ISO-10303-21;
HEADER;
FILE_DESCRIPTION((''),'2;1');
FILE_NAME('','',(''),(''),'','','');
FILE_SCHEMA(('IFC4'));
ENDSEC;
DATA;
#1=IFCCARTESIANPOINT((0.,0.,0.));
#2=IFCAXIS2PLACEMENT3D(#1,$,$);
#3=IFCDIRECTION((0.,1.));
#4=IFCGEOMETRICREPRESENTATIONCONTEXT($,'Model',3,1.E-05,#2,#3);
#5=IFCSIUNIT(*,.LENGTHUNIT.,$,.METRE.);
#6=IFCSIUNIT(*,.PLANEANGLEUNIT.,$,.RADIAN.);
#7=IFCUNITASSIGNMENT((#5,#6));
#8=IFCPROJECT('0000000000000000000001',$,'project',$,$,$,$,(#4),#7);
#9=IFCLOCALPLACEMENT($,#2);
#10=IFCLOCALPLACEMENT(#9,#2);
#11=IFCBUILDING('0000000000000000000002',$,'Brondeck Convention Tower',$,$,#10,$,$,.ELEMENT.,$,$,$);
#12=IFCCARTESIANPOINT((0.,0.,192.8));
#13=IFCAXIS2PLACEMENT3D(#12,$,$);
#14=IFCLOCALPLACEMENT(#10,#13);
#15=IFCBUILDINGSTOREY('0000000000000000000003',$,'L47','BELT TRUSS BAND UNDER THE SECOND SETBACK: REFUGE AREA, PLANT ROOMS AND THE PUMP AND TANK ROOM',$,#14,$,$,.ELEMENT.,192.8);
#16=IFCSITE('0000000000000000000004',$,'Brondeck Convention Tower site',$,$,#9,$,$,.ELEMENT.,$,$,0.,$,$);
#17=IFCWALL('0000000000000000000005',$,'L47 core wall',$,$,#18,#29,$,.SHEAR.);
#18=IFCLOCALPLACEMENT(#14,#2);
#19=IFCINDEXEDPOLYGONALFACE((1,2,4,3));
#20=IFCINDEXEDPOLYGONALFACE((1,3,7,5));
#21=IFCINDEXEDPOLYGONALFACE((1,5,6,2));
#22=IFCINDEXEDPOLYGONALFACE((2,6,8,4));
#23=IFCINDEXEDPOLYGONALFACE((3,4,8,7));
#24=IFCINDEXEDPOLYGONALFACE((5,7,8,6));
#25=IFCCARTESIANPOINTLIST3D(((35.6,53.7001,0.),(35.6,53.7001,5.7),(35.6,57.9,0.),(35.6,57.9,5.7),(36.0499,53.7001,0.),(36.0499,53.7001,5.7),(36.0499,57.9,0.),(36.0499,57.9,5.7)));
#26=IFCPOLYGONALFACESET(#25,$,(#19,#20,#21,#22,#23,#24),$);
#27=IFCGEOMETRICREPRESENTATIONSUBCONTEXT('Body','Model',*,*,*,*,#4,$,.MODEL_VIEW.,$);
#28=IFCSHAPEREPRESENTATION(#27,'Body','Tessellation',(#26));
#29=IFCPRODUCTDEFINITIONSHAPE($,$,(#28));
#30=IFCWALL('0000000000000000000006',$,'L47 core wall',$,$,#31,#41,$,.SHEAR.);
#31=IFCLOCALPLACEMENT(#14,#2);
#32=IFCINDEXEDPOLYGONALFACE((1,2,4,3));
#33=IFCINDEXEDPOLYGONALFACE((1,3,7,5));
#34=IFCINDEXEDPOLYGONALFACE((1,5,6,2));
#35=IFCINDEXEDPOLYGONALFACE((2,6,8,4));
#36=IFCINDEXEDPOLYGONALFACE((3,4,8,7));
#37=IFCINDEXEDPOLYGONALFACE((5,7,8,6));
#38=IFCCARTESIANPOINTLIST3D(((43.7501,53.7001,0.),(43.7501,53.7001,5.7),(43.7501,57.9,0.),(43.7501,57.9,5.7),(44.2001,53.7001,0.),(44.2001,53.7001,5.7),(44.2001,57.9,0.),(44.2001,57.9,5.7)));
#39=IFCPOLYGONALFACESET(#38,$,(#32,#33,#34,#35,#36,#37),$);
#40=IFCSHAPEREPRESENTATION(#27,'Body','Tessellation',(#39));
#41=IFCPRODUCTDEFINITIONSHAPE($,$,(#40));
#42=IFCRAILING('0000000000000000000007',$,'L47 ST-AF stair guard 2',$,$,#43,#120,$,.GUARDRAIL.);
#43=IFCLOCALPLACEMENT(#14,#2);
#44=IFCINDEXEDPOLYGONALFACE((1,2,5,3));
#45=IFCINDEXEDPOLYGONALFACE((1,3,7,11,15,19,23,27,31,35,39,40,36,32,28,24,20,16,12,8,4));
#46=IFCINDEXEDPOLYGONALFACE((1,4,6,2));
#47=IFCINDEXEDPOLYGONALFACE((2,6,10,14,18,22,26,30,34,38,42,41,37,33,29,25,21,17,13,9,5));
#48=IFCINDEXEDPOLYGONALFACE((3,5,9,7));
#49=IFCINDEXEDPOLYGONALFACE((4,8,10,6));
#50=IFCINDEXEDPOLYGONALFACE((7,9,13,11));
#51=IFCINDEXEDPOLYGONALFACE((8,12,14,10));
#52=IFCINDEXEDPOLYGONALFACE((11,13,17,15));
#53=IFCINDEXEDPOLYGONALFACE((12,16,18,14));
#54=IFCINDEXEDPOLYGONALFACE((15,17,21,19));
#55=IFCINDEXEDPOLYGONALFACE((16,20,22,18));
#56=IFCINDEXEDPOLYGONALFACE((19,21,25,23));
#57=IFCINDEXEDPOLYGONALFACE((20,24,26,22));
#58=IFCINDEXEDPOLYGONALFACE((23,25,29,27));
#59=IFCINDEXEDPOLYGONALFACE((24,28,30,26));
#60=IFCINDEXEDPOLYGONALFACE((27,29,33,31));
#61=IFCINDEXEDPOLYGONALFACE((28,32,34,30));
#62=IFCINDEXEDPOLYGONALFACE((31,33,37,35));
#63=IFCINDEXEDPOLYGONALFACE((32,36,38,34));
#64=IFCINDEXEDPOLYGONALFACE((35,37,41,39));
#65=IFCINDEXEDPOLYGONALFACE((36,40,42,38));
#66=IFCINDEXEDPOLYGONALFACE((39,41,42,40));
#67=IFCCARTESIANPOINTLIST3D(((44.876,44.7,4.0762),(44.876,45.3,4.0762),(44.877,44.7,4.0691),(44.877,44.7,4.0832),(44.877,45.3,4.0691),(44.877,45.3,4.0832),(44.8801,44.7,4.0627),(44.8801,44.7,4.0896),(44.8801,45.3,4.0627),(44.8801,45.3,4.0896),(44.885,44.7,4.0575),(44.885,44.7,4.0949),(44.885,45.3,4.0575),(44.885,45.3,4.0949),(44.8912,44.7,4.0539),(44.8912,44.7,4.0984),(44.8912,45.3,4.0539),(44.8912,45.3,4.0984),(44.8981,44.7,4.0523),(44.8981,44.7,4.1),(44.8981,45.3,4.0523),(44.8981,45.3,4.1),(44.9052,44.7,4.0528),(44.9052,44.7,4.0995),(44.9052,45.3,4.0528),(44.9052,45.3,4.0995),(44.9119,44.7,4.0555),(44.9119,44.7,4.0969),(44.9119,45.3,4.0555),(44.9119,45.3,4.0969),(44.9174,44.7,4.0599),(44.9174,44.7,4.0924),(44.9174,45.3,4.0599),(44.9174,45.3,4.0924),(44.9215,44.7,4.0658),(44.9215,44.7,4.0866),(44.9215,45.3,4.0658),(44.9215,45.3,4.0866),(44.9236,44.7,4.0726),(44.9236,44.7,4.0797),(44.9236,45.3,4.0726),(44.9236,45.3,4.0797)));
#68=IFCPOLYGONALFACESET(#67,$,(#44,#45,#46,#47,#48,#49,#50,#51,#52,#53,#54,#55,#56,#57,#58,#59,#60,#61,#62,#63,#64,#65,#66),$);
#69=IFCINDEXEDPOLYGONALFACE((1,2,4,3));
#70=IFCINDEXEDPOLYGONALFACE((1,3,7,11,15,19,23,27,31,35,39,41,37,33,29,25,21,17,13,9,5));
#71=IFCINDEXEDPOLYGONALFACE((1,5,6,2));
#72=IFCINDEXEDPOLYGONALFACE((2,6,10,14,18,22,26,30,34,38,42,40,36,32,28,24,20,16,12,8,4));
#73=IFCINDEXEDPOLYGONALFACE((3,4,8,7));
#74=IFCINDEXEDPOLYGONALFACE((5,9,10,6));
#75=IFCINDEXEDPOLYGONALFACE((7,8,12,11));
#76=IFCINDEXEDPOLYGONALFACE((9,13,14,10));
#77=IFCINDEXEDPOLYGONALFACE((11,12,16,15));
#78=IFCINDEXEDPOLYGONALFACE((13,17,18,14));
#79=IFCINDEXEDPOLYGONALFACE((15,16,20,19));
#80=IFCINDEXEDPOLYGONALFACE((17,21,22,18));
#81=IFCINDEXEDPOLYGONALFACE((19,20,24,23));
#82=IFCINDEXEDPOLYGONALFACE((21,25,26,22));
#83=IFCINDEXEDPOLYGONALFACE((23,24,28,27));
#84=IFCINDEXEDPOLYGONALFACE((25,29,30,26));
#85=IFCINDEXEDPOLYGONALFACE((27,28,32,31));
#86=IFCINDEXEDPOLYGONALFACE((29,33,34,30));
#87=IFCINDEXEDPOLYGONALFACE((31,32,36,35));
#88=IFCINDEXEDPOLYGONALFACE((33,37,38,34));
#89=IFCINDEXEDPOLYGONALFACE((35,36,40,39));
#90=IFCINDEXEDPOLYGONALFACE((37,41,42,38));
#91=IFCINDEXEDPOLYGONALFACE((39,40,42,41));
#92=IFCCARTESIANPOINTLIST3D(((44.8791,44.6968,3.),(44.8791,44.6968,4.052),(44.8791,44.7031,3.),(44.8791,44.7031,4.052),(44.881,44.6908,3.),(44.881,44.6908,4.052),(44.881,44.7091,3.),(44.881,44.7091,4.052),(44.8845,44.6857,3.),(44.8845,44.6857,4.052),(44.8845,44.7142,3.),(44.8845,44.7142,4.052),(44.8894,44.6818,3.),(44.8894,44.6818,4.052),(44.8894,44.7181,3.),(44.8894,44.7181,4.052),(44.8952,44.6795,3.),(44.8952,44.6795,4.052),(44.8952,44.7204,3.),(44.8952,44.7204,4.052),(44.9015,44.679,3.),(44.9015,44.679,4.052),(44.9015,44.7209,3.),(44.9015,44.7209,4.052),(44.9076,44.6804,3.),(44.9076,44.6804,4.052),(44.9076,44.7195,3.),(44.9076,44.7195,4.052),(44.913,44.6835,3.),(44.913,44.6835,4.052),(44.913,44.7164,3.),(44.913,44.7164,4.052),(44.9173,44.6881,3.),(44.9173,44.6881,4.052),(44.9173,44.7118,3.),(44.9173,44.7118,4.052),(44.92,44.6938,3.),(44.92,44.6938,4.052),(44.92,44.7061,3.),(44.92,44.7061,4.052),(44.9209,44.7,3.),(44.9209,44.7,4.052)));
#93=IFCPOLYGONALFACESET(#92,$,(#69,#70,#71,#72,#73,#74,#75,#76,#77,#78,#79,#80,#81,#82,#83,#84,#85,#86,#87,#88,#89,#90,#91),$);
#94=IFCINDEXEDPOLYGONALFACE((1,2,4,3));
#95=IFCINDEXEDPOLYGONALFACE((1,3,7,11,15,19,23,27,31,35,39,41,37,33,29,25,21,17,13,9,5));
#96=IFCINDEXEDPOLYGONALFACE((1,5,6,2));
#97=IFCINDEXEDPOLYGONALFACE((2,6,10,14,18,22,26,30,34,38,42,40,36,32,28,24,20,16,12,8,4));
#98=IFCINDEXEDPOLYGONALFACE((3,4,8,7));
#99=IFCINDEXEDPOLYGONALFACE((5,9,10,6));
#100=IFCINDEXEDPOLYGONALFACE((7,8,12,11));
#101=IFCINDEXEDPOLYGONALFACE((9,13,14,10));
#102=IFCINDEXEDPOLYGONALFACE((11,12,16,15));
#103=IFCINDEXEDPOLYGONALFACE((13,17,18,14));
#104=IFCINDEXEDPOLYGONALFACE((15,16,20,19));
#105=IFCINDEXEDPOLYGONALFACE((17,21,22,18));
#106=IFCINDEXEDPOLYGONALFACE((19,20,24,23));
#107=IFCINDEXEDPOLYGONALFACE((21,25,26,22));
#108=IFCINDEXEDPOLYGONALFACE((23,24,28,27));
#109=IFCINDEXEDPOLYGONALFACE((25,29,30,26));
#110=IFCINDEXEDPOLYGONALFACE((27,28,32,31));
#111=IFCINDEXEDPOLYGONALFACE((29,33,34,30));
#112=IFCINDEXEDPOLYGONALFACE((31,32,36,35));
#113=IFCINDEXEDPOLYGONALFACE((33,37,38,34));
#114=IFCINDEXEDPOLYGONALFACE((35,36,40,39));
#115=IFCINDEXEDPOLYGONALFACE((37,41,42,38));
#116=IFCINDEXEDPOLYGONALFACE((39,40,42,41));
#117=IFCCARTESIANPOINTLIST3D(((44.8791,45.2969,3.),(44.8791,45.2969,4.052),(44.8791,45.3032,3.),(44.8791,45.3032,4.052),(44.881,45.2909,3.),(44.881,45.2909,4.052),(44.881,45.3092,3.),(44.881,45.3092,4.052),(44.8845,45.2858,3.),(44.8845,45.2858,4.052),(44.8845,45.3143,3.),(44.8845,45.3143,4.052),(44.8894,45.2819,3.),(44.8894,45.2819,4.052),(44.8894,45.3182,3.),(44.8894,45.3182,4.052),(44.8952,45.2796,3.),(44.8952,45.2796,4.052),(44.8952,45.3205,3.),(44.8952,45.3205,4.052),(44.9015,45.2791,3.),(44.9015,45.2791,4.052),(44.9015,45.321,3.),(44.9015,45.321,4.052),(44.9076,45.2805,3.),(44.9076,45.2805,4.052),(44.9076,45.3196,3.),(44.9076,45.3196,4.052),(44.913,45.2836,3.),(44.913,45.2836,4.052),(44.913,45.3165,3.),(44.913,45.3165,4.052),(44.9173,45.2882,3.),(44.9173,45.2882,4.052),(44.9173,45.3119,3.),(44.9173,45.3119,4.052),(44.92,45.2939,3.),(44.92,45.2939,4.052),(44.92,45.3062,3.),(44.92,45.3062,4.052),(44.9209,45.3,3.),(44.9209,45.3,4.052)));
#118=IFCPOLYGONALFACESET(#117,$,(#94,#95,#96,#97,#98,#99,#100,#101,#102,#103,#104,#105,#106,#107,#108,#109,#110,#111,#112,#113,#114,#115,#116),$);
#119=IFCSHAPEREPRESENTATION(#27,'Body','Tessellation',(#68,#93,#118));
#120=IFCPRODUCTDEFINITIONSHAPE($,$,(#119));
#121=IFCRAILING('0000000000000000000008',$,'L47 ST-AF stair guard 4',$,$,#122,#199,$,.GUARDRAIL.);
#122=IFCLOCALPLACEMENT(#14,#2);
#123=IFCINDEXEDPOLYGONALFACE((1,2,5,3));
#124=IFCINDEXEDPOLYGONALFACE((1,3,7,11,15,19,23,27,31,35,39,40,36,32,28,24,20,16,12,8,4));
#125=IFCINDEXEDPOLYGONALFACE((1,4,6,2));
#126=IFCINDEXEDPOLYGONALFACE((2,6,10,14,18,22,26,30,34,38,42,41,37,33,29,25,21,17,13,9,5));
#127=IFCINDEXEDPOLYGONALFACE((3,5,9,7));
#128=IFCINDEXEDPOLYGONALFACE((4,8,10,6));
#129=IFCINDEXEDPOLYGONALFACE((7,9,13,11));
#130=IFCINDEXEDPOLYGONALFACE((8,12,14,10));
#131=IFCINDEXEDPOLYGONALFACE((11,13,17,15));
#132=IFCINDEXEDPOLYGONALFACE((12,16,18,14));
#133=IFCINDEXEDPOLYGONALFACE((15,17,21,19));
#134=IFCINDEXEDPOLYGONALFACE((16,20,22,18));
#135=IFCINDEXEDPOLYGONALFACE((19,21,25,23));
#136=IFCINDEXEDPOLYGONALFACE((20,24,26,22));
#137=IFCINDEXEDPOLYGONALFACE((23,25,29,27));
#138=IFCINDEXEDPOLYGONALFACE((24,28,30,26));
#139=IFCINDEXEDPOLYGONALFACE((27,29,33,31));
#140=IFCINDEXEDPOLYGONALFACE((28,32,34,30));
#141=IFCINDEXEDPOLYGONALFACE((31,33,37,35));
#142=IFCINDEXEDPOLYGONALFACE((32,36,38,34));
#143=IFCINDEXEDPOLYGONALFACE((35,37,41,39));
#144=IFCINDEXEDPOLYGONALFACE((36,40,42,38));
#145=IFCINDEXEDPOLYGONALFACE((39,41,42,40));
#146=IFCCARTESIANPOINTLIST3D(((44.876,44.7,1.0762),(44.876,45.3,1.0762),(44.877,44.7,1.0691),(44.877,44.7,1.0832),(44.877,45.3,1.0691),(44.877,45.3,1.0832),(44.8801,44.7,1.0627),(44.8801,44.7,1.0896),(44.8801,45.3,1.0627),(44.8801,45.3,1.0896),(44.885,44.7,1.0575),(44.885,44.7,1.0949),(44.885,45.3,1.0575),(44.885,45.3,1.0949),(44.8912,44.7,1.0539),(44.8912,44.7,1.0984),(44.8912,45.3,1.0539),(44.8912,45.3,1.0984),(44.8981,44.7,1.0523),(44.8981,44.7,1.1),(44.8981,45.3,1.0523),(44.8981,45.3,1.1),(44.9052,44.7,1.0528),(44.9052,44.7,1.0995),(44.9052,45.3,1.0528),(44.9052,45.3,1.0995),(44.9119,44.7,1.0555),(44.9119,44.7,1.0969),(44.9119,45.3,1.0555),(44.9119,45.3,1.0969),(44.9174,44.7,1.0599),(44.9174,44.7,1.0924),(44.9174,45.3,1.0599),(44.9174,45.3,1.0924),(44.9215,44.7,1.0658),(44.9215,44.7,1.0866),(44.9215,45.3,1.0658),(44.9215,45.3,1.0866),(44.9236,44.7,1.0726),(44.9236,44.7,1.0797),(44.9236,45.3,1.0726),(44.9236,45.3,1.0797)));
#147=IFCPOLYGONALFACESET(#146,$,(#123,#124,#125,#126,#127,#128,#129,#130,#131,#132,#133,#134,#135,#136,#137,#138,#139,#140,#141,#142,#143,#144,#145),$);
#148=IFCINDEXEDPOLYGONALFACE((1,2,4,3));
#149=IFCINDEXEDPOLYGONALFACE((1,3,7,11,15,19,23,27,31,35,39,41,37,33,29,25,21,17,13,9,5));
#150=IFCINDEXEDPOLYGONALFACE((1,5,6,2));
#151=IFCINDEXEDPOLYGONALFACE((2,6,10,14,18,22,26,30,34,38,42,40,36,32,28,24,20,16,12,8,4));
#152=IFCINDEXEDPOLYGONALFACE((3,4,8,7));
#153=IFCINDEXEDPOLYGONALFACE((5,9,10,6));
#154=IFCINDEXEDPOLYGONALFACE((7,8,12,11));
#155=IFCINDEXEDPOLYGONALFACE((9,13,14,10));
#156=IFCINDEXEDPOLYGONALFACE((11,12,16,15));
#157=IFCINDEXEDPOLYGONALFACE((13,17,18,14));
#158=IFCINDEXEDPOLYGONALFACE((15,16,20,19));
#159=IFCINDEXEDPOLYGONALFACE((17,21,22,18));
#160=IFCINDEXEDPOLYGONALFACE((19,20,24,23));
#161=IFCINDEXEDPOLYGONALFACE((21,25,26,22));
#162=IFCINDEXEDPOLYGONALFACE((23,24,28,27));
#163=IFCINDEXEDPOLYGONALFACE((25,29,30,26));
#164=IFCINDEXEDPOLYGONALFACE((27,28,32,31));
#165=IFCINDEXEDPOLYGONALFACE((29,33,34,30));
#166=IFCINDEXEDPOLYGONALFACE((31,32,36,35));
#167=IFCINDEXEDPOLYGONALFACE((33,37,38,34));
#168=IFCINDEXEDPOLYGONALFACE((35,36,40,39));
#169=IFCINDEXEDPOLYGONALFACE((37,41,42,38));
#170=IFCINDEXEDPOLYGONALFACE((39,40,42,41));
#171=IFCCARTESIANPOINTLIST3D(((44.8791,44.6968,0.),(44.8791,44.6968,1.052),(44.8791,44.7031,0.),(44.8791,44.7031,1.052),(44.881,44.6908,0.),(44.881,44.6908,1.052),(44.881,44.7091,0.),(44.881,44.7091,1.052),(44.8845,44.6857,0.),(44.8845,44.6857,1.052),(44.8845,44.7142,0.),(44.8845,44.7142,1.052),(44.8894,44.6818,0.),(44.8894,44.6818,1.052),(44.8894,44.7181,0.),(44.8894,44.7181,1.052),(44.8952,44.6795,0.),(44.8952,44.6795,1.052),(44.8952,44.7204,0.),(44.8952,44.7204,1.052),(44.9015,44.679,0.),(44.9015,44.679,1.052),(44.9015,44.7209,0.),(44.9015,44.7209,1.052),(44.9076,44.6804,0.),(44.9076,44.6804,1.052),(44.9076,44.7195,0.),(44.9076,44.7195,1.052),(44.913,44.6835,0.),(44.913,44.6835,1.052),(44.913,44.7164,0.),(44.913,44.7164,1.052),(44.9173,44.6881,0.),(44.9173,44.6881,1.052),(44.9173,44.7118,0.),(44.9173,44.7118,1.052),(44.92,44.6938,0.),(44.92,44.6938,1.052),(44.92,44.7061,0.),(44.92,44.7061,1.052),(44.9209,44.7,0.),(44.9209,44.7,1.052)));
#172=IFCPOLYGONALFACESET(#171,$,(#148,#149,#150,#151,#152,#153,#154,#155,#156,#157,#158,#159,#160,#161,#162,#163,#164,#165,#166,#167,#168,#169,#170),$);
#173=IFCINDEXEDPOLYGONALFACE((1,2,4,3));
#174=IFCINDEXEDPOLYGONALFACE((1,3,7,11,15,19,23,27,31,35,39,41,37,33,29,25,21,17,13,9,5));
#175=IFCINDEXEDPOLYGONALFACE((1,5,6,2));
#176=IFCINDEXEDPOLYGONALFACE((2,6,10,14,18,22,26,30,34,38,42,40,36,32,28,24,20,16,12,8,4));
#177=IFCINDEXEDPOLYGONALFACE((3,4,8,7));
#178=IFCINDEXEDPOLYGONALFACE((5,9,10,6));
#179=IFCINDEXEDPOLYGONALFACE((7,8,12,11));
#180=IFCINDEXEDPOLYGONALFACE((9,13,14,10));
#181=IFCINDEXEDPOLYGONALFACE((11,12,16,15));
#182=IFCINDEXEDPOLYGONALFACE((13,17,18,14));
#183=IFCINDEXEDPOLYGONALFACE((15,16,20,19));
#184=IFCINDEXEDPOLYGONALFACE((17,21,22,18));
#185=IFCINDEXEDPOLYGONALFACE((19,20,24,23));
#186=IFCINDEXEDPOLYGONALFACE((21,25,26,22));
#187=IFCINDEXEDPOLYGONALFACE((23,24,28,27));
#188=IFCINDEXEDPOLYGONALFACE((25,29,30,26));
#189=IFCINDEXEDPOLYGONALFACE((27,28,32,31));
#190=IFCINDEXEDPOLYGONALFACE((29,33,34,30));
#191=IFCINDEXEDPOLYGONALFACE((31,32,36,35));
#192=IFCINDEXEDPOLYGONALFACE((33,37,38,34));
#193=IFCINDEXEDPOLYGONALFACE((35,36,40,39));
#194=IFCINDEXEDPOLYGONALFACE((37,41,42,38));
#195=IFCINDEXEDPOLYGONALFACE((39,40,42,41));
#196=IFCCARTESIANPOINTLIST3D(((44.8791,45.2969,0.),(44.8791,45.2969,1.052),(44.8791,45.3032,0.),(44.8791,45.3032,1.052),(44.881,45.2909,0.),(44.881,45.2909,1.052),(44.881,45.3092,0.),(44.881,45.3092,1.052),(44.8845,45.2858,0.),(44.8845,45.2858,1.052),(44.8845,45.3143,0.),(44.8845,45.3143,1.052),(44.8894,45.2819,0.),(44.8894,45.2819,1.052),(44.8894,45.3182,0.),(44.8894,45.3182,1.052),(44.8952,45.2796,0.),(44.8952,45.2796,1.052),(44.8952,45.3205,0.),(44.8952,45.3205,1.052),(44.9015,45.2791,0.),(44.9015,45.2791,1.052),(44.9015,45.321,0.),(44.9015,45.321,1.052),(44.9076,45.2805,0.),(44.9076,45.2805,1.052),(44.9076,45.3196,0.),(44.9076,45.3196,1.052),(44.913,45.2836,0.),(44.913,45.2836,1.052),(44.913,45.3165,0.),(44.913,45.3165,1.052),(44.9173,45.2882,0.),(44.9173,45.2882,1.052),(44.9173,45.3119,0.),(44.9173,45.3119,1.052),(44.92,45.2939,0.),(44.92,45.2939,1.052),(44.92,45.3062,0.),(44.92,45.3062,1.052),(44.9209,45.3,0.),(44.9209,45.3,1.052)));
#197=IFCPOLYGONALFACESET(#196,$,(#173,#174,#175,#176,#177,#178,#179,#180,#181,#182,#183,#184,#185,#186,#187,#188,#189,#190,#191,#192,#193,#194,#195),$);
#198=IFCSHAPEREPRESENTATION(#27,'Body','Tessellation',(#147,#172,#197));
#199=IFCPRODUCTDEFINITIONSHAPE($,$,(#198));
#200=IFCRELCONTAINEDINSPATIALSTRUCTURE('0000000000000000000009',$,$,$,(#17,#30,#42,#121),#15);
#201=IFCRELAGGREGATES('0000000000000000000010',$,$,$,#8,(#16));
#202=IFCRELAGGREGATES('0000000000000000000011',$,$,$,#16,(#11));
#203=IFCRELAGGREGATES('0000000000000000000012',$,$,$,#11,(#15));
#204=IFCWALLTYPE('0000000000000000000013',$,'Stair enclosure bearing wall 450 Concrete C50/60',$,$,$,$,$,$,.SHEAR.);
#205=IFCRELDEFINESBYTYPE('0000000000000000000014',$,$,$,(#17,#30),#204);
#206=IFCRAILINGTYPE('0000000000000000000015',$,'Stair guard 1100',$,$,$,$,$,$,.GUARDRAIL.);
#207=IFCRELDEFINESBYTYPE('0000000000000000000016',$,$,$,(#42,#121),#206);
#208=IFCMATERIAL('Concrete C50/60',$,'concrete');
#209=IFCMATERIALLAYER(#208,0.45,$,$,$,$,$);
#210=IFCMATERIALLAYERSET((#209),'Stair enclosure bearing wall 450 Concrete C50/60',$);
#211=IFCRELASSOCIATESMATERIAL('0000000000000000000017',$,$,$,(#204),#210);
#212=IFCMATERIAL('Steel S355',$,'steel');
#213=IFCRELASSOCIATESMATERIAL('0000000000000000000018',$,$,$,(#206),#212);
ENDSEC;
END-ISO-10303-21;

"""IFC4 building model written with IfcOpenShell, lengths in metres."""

from ifc_helpers import new_model, si_unit, direction, frame, frame_2d, origin, origin_2d, place, context, subcontext, project, spatial, rectangle, circle, extrude, material, layer, layer_set, type_object, element, save


model = new_model("IFC4")

# Units and contexts
model_context = context("Model", 3, precision=1e-05, world=origin(), true_north=direction((0.0, 1.0)))
body_context = subcontext(model_context, "Body", "Model", "MODEL_VIEW")
ifc_project = project(units=[si_unit("LENGTHUNIT", "METRE"), si_unit("PLANEANGLEUNIT", "RADIAN")], contexts=[model_context])

# Site, building, storey
site_placement = place(None, origin())
site = spatial("IfcSite", under=ifc_project, at=site_placement, Name="Brondeck Convention Tower site", CompositionType="ELEMENT", RefElevation=0.0)
building_placement = place(site_placement, origin())
building = spatial("IfcBuilding", under=site, at=building_placement, Name="Brondeck Convention Tower", CompositionType="ELEMENT")
storey_placement = place(building_placement, frame((0.0, 0.0, 192.8)))
storey = spatial("IfcBuildingStorey", under=building, at=storey_placement, Name="L47", Description="BELT TRUSS BAND UNDER THE SECOND SETBACK: REFUGE AREA, PLANT ROOMS AND THE PUMP AND TANK ROOM", CompositionType="ELEMENT", Elevation=192.8)

# Shared definitions
ifc_material_1 = material(Name="Steel S355", Category="steel")

# Shared definitions
ifc_material_2 = material(Name="Concrete C50/60", Category="concrete")
ifc_layer_1 = layer(ifc_material_2, 0.45)
ifc_layer_set_1 = layer_set([ifc_layer_1], Name="Stair enclosure bearing wall 450 Concrete C50/60")
wall_type_1 = type_object("IfcWallType", Name="Stair enclosure bearing wall 450 Concrete C50/60", PredefinedType="SHEAR", material=ifc_layer_set_1)

# Walls
for number, where, z_axis, x_axis, name in (
    (1, (35.825, 53.7, 0.0), (0.0, 0.0, 1.0), (0.0, 1.0, 0.0), "L47 core wall"),
    (2, (43.9751, 53.7, 0.0), (0.0, 0.0, 1.0), (0.0, 1.0, 0.0), "L47 core wall"),
):
    element("IfcWall", number, at=place(storey_placement, frame(where, z_axis=z_axis, x_axis=x_axis)), inside=storey, type_object=wall_type_1, Name=name, PredefinedType="SHEAR", context=body_context, shape_type="SweptSolid", body=[
        extrude(rectangle(XDim=4.2, YDim=0.45, at=frame_2d((2.1001, 0.0))), origin(), (0.0, 0.0, 1.0), 5.7),
    ])

# Railings
railing_type = type_object("IfcRailingType", Name="Stair guard 1100", PredefinedType="GUARDRAIL", material=ifc_material_1)
railing_1_placement = place(storey_placement, frame((44.8999, 44.7, 3.0)))
element("IfcRailing", 3, at=railing_1_placement, inside=storey, type_object=railing_type, Name="L47 ST-AF stair guard 2", PredefinedType="GUARDRAIL", context=body_context, shape_type="SweptSolid", body=[
    extrude(circle(Radius=0.0239, at=origin_2d()), frame((0.0, 0.0, 1.0762), z_axis=(0.0, 1.0, 0.0), x_axis=(-1.0, 0.0, 0.0)), (0.0, 0.0, 1.0), 0.6001),
    extrude(circle(Radius=0.021, at=origin_2d()), origin(), (0.0, 0.0, 1.0), 1.052),
    extrude(circle(Radius=0.021, at=origin_2d()), frame((0.0, 0.6001, 0.0)), (0.0, 0.0, 1.0), 1.052),
])
railing_2_placement = place(storey_placement, frame((44.8999, 44.7, 0.0)))
element("IfcRailing", 4, at=railing_2_placement, inside=storey, type_object=railing_type, Name="L47 ST-AF stair guard 4", PredefinedType="GUARDRAIL", context=body_context, shape_type="SweptSolid", body=[
    extrude(circle(Radius=0.0239, at=origin_2d()), frame((0.0, 0.0, 1.0762), z_axis=(0.0, 1.0, 0.0), x_axis=(-1.0, 0.0, 0.0)), (0.0, 0.0, 1.0), 0.6001),
    extrude(circle(Radius=0.021, at=origin_2d()), origin(), (0.0, 0.0, 1.0), 1.052),
    extrude(circle(Radius=0.021, at=origin_2d()), frame((0.0, 0.6001, 0.0)), (0.0, 0.0, 1.0), 1.052),
])

save(model, "model.ifc")
